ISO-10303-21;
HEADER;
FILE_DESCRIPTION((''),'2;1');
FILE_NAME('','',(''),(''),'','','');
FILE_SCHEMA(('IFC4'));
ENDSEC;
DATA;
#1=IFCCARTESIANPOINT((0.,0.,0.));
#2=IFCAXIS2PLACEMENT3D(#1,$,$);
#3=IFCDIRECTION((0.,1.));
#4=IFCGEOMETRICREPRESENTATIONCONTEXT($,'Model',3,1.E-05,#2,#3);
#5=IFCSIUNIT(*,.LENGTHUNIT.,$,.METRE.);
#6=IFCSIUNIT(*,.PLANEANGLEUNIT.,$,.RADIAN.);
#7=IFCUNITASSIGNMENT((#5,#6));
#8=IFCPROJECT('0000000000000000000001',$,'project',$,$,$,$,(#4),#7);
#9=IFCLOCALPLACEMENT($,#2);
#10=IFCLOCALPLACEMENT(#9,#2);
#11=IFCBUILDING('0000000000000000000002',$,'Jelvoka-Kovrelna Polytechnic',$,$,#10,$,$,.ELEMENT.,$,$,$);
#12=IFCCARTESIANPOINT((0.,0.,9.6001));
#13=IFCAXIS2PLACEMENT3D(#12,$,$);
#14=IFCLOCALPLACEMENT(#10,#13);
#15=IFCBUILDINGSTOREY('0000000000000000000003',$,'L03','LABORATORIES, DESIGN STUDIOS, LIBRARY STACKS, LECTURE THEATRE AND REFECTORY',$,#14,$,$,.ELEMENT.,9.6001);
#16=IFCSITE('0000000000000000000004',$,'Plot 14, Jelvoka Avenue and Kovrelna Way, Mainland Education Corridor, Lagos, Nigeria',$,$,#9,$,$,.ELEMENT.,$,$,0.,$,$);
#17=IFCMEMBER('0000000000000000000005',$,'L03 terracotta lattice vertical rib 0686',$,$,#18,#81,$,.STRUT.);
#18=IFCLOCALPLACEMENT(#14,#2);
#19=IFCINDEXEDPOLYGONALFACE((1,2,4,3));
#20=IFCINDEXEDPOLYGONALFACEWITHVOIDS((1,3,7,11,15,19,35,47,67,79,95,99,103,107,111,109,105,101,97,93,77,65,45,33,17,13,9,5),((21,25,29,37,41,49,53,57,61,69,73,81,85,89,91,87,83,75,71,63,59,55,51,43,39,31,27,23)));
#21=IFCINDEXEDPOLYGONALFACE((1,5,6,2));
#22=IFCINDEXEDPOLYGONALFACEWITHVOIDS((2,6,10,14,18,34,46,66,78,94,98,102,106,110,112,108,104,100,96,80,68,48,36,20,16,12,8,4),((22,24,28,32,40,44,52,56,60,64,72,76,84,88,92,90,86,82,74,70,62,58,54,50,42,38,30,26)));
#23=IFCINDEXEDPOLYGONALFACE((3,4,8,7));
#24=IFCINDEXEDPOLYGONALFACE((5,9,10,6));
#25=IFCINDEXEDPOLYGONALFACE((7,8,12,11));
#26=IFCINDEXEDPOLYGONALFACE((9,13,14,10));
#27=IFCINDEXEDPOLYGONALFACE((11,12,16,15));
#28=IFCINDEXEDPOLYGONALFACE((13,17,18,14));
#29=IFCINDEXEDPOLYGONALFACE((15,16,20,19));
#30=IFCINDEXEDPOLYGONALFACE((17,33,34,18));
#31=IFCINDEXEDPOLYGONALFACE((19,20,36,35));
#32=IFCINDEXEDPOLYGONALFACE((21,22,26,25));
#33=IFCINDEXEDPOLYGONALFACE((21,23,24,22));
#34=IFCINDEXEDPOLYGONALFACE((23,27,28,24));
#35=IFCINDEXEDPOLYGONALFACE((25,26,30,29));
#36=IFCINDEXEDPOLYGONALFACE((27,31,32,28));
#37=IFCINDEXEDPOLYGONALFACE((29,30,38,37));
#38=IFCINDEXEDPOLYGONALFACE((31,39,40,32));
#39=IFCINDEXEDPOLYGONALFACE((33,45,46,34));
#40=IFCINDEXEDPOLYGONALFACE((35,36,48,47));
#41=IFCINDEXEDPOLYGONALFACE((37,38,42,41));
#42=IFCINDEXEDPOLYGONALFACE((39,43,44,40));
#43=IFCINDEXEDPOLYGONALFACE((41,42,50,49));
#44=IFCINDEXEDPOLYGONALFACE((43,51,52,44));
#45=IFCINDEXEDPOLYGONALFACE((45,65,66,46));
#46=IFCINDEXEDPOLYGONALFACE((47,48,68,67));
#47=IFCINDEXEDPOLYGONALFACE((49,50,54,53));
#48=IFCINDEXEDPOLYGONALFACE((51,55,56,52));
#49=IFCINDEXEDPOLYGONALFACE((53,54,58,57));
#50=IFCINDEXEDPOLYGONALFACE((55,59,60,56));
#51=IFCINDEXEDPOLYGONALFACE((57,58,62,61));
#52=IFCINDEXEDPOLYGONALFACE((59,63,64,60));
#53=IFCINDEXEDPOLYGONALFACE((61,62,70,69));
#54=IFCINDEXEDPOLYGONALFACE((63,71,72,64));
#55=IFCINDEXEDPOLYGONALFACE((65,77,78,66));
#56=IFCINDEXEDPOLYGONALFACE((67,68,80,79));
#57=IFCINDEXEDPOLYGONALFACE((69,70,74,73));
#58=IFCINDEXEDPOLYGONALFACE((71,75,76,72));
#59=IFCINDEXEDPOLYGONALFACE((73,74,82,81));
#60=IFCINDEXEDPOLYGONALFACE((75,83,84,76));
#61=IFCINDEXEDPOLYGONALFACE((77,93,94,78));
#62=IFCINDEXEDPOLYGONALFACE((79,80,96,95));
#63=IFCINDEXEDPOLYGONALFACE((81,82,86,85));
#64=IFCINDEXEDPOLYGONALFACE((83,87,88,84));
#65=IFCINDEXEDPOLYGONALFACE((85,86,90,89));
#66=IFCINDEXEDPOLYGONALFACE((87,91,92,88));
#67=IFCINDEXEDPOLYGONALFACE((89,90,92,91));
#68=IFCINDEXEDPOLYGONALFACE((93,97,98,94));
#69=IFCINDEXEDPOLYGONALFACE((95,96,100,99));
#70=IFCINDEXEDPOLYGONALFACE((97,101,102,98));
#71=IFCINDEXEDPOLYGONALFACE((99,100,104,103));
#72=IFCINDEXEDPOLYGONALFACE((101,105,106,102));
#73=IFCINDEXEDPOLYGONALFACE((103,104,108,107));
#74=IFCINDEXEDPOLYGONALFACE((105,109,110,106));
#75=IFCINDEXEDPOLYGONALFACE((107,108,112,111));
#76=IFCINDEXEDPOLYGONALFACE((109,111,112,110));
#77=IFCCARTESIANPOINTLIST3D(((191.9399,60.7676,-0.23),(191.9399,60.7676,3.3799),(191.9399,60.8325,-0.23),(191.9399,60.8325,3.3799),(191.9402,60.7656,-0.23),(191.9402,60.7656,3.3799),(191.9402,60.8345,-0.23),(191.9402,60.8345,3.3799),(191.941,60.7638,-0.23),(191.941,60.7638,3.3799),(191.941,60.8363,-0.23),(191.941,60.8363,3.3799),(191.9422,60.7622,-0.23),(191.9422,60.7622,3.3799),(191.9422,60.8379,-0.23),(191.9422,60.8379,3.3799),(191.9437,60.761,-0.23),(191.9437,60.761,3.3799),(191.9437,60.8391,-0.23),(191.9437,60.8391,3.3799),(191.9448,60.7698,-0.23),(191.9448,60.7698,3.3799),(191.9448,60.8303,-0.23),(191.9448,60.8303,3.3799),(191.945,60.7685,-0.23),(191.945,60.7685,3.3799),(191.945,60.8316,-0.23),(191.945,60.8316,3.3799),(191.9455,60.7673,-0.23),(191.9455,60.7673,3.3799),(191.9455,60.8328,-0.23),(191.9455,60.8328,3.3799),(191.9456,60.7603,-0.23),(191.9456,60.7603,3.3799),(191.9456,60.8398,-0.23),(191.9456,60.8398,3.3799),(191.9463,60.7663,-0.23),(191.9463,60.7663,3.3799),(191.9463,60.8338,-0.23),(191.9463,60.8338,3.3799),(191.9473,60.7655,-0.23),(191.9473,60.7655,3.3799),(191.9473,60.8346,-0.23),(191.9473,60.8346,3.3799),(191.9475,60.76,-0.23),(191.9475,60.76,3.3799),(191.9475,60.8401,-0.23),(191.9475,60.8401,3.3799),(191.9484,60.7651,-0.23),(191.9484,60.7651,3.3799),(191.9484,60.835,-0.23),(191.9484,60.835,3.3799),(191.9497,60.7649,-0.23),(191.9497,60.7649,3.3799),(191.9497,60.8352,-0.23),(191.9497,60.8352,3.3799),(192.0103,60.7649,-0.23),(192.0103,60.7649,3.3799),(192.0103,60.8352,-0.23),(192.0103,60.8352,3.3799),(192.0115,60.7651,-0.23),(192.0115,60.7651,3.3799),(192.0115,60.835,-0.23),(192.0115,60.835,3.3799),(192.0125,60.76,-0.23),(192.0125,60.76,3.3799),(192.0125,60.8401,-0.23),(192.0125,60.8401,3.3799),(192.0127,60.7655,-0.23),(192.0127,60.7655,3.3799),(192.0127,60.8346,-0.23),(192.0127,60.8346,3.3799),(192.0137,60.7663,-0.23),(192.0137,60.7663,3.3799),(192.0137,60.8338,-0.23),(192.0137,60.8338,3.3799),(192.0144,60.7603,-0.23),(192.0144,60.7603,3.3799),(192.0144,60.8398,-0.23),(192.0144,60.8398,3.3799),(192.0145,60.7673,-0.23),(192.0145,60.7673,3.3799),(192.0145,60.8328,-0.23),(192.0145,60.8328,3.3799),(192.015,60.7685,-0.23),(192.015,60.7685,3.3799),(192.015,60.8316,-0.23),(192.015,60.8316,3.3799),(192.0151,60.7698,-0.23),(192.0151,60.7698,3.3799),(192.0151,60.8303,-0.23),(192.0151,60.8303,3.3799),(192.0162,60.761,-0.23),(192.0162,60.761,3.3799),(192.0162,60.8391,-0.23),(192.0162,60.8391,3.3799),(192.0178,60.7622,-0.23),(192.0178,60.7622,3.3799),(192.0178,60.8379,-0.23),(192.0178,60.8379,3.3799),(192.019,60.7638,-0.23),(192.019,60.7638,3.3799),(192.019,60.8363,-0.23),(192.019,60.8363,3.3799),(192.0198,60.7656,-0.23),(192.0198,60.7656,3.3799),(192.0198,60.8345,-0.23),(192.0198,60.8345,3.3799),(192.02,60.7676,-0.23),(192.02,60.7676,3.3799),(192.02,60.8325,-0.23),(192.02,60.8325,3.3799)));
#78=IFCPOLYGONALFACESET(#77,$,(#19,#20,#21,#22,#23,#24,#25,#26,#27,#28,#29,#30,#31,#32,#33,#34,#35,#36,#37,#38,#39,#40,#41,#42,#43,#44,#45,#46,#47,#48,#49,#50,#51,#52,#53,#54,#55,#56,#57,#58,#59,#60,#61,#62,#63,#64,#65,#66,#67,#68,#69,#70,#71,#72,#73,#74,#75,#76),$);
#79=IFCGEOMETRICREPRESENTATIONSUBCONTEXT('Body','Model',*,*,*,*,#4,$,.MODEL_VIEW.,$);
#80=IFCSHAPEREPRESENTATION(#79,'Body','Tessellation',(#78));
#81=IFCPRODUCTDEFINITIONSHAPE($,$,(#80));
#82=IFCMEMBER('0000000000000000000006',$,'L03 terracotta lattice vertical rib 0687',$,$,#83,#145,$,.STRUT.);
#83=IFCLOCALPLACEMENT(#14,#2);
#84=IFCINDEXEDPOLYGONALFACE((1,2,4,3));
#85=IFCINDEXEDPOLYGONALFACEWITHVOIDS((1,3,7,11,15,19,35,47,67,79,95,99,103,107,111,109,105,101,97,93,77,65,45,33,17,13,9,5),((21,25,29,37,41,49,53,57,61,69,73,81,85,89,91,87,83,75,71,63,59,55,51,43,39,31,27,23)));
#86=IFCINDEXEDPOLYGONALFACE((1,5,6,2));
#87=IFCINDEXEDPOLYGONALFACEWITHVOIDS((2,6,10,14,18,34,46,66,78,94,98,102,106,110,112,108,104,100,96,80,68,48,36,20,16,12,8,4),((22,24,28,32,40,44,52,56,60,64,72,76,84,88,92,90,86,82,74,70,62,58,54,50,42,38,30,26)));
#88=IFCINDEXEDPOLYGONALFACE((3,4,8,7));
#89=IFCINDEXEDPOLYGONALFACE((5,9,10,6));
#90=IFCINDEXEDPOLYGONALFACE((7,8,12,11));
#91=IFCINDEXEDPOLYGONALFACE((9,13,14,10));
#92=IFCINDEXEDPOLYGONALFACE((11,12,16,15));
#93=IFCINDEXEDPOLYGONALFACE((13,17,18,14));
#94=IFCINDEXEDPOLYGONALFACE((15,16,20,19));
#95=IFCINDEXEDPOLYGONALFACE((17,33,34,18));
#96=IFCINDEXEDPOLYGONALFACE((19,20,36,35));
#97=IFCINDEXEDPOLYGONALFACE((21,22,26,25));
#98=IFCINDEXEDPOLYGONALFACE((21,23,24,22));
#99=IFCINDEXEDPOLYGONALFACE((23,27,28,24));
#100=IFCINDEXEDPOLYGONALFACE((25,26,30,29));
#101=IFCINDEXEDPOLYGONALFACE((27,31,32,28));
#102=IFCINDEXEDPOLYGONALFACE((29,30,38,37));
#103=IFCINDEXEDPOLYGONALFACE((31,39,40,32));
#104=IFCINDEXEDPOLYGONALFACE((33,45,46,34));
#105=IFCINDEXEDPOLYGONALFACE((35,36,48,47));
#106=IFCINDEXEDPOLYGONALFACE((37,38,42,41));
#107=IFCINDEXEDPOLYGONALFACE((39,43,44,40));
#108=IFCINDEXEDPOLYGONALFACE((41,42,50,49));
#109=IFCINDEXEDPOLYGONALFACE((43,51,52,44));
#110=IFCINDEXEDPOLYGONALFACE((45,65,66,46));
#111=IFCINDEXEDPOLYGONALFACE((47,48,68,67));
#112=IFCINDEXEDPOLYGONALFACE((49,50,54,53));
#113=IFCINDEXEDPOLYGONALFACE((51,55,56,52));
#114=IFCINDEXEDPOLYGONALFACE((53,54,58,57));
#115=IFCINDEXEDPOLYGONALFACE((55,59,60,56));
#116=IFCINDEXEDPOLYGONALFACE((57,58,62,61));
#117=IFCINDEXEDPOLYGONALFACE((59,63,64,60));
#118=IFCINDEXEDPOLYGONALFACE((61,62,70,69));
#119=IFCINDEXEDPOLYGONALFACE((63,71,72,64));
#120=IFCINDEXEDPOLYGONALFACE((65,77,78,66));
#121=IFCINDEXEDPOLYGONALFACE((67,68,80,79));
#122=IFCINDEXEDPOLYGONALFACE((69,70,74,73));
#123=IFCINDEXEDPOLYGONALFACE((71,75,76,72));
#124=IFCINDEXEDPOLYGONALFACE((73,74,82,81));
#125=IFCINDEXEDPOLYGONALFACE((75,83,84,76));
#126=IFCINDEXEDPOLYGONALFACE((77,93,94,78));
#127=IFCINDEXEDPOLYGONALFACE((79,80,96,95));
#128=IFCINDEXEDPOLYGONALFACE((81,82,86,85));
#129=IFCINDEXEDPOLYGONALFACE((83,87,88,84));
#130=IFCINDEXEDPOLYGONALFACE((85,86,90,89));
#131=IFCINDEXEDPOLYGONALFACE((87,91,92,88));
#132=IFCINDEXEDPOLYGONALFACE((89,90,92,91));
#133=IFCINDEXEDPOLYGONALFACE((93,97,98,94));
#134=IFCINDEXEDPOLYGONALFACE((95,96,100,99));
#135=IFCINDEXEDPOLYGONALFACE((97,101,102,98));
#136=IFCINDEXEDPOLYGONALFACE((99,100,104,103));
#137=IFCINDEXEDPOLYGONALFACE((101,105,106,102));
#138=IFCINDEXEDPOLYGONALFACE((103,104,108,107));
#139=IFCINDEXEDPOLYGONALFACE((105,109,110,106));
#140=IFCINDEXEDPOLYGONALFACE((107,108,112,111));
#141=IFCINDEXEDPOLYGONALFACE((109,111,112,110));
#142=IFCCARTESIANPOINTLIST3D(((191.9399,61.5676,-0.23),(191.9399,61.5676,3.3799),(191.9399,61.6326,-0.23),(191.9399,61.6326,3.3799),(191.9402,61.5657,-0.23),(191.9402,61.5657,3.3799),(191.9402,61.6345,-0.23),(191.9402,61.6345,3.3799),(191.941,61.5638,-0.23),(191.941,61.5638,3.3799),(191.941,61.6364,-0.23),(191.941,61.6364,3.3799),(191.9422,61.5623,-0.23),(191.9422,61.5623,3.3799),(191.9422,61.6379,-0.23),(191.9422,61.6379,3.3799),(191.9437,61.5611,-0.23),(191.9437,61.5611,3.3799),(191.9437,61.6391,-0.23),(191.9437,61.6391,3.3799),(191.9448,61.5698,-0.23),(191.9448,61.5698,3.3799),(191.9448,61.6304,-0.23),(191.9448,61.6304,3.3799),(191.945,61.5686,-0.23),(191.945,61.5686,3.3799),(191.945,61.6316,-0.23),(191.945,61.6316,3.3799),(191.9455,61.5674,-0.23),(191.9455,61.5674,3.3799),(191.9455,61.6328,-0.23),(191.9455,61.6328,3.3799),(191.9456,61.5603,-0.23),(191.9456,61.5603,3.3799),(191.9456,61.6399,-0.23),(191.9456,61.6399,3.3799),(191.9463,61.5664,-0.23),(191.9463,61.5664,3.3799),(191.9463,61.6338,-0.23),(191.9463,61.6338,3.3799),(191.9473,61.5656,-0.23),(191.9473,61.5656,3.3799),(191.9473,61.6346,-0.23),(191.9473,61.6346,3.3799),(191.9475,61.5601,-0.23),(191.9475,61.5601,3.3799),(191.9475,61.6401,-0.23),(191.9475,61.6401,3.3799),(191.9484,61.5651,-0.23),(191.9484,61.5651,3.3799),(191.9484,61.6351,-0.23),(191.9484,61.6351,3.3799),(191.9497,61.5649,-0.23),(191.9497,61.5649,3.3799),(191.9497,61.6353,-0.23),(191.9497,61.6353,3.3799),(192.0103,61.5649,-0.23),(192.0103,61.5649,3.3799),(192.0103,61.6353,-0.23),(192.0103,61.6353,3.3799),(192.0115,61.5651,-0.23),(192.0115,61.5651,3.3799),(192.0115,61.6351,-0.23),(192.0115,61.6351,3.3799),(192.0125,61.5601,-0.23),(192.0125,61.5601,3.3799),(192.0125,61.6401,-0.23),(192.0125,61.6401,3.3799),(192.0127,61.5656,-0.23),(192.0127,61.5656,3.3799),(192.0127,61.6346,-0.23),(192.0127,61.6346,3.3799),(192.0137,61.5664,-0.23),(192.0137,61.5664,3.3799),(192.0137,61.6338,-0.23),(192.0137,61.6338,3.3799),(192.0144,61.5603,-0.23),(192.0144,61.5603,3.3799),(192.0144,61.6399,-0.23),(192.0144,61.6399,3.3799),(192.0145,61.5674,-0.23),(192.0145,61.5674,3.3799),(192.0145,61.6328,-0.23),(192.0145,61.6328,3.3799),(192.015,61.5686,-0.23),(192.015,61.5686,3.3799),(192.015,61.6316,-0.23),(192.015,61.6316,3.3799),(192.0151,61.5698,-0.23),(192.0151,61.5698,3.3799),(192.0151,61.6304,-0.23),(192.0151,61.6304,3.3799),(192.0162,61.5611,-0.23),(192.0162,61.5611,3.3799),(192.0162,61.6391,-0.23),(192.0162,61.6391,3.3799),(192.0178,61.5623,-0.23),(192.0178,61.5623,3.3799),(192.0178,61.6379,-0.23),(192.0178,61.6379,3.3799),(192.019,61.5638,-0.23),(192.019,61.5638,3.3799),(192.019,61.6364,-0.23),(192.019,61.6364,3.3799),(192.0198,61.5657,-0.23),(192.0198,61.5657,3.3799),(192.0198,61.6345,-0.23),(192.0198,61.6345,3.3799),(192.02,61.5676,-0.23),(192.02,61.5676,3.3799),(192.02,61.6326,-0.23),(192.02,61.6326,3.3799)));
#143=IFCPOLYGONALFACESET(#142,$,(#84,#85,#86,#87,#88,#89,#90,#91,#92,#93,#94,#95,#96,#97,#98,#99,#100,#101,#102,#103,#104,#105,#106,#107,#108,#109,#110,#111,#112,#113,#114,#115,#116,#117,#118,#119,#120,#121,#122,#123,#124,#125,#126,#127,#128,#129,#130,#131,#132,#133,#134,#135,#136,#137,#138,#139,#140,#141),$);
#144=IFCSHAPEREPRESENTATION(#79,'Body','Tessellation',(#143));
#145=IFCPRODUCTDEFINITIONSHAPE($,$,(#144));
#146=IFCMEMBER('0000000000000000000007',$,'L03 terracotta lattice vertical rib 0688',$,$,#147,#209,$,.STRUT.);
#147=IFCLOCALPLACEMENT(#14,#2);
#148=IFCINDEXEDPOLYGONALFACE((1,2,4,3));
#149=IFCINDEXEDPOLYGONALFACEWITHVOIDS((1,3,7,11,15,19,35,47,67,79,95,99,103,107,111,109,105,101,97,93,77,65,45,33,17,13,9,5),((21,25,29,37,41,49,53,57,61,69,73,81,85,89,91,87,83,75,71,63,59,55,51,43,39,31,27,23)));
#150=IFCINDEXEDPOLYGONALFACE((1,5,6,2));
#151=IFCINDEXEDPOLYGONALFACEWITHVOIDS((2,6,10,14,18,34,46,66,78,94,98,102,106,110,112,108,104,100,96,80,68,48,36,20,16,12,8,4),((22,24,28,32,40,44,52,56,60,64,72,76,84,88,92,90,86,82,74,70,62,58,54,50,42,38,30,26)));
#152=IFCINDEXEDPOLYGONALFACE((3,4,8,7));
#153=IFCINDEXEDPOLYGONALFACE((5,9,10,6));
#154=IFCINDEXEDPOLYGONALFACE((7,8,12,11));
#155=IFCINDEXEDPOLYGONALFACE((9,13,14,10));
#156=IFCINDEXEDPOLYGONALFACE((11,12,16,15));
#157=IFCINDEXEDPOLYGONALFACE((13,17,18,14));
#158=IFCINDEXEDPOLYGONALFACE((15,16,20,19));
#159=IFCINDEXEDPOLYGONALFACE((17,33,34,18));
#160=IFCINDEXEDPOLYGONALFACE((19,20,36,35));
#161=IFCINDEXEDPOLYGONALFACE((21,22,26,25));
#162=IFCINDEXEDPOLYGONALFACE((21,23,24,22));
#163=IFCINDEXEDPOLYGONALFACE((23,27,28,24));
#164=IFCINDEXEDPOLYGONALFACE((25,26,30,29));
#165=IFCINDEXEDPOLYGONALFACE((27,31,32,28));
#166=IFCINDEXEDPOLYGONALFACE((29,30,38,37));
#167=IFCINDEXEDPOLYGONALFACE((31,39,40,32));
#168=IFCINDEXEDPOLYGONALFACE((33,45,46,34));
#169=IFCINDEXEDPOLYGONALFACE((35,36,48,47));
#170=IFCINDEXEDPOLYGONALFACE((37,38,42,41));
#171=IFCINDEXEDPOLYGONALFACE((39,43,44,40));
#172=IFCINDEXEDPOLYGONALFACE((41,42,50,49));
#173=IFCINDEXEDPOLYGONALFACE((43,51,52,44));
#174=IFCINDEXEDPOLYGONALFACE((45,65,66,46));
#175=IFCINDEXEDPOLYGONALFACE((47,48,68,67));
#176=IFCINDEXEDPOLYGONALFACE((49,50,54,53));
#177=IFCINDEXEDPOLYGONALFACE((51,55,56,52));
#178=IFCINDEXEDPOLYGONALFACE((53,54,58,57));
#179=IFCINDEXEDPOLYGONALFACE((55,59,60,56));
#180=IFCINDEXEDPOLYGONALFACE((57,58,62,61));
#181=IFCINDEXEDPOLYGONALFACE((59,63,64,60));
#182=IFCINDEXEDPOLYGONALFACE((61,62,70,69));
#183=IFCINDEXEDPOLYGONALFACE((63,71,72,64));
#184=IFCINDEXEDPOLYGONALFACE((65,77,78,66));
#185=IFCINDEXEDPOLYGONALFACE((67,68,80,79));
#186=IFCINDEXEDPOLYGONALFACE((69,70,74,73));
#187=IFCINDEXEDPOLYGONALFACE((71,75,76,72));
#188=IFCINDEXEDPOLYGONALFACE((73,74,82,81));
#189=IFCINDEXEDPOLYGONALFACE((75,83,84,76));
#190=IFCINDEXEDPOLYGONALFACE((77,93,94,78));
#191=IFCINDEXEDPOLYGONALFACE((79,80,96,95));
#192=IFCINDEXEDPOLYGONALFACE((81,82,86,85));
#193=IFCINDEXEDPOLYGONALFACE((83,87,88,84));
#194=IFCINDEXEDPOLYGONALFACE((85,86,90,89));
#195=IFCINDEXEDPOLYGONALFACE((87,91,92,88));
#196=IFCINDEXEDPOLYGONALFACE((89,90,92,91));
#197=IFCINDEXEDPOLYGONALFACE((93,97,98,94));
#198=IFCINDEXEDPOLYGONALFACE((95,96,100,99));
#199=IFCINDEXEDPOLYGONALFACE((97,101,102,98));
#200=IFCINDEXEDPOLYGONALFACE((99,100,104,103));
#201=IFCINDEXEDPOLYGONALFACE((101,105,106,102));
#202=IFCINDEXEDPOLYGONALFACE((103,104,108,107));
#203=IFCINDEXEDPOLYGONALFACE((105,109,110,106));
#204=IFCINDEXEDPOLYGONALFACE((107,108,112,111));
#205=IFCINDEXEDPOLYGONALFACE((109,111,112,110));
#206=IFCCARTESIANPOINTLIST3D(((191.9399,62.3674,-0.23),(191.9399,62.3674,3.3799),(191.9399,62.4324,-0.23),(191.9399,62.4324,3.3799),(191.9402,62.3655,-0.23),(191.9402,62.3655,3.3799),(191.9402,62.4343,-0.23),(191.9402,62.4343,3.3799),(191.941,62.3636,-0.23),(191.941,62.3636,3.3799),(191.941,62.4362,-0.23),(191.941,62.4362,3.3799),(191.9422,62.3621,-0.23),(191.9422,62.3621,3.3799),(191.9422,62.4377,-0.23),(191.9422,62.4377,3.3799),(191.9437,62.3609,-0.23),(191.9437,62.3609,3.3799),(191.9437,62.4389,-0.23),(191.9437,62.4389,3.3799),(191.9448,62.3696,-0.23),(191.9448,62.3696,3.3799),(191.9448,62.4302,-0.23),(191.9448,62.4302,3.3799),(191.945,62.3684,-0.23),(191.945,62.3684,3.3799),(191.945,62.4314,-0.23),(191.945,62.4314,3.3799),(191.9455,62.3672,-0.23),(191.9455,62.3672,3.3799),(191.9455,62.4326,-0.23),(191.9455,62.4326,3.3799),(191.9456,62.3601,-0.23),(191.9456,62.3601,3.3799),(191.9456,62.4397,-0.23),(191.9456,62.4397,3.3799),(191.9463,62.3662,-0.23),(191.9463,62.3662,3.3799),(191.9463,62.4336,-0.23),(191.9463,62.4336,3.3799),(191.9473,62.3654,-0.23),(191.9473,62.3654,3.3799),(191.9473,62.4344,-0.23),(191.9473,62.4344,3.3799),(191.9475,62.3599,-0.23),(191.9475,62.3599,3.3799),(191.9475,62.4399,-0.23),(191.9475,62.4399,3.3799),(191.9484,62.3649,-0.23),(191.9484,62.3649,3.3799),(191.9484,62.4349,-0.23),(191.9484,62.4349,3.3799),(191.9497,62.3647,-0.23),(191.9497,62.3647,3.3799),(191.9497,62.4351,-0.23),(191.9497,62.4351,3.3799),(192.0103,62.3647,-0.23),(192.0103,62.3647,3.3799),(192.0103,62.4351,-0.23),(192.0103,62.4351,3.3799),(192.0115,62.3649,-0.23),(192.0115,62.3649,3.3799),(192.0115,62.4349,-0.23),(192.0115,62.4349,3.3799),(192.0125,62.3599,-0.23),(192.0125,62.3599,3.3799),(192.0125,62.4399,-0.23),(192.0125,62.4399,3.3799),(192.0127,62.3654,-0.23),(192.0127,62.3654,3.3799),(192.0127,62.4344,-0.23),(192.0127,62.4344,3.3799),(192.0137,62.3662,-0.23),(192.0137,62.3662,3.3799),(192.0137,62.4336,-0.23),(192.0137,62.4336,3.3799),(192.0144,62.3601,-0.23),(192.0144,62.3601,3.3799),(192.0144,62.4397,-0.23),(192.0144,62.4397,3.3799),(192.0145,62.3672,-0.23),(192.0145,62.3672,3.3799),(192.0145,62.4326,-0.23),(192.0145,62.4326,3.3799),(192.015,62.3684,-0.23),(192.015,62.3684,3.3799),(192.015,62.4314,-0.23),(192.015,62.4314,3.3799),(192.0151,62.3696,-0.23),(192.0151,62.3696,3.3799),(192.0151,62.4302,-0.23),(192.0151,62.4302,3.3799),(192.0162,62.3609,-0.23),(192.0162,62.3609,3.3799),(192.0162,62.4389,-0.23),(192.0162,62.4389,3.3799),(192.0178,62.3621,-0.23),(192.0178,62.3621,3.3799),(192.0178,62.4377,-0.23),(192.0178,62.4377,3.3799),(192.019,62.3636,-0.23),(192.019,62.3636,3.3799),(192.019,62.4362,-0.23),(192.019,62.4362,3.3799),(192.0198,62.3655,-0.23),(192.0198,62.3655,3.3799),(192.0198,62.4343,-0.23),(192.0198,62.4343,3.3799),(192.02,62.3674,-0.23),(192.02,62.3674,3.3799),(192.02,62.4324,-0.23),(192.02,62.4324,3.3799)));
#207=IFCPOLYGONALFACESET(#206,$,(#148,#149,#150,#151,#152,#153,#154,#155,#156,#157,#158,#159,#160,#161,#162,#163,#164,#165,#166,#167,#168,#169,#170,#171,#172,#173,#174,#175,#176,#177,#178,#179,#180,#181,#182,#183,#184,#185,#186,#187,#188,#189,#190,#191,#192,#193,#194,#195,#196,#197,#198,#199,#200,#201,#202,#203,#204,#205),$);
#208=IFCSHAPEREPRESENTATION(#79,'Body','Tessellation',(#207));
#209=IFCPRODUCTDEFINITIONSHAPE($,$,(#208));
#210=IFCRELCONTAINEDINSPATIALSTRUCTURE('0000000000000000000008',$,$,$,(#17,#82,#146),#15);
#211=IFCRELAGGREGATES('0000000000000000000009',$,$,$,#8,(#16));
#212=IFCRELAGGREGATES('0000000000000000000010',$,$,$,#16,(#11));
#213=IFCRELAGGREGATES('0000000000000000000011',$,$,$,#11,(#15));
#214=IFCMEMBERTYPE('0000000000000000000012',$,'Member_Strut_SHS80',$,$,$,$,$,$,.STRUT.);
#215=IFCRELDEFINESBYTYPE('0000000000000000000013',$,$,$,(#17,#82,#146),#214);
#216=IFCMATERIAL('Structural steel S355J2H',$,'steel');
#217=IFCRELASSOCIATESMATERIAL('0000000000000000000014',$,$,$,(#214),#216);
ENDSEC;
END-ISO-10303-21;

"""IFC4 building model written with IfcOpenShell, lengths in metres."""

from ifc_helpers import new_model, si_unit, direction, frame, origin, origin_2d, place, context, subcontext, project, spatial, hollow_rectangle, extrude, material, material_profile, profile_set, type_object, element, save


model = new_model("IFC4")

# Units and contexts
model_context = context("Model", 3, precision=1e-05, world=origin(), true_north=direction((0.0, 1.0)))
body_context = subcontext(model_context, "Body", "Model", "MODEL_VIEW")
ifc_project = project(units=[si_unit("LENGTHUNIT", "METRE"), si_unit("PLANEANGLEUNIT", "RADIAN")], contexts=[model_context])

# Site, building, storey
site_placement = place(None, origin())
site = spatial("IfcSite", under=ifc_project, at=site_placement, Name="Plot 14, Jelvoka Avenue and Kovrelna Way, Mainland Education Corridor, Lagos, Nigeria", CompositionType="ELEMENT", RefElevation=0.0)
building_placement = place(site_placement, origin())
building = spatial("IfcBuilding", under=site, at=building_placement, Name="Jelvoka-Kovrelna Polytechnic", CompositionType="ELEMENT")
storey_placement = place(building_placement, frame((0.0, 0.0, 9.6001)))
storey = spatial("IfcBuildingStorey", under=building, at=storey_placement, Name="L03", Description="LABORATORIES, DESIGN STUDIOS, LIBRARY STACKS, LECTURE THEATRE AND REFECTORY", CompositionType="ELEMENT", Elevation=9.6001)

# Members
ifc_material_1 = material(Name="Structural steel S355J2H", Category="steel")
ifc_material_profile_1 = material_profile(ifc_material_1, hollow_rectangle(XDim=0.0801, YDim=0.0801, WallThickness=0.0049, InnerFilletRadius=0.0049, OuterFilletRadius=0.0076, at=origin_2d()), Name="80x80x5.0 SHS")
ifc_profile_set_1 = profile_set([ifc_material_profile_1], Name="Structural steel S355J2H")
member_type_1 = type_object("IfcMemberType", Name="Member_Strut_SHS80", PredefinedType="STRUT", material=ifc_profile_set_1)
for number, where, z_axis, x_axis, name in (
    (1, (191.98, 60.8, -0.23), (0.0, 0.0, 1.0), (1.0, 0.0, 0.0), "L03 terracotta lattice vertical rib 0686"),
    (2, (191.98, 61.6001, -0.23), (0.0, 0.0, 1.0), (1.0, 0.0, 0.0), "L03 terracotta lattice vertical rib 0687"),
    (3, (191.98, 62.3999, -0.23), (0.0, 0.0, 1.0), (1.0, 0.0, 0.0), "L03 terracotta lattice vertical rib 0688"),
):
    element("IfcMember", number, at=place(storey_placement, frame(where, z_axis=z_axis, x_axis=x_axis)), inside=storey, type_object=member_type_1, Name=name, PredefinedType="STRUT", context=body_context, shape_type="SweptSolid", body=[
        extrude(hollow_rectangle(XDim=0.0801, YDim=0.0801, WallThickness=0.0049, InnerFilletRadius=0.0049, OuterFilletRadius=0.0076, at=origin_2d()), origin(), (0.0, 0.0, 1.0), 3.6099),
    ])

save(model, "model.ifc")
